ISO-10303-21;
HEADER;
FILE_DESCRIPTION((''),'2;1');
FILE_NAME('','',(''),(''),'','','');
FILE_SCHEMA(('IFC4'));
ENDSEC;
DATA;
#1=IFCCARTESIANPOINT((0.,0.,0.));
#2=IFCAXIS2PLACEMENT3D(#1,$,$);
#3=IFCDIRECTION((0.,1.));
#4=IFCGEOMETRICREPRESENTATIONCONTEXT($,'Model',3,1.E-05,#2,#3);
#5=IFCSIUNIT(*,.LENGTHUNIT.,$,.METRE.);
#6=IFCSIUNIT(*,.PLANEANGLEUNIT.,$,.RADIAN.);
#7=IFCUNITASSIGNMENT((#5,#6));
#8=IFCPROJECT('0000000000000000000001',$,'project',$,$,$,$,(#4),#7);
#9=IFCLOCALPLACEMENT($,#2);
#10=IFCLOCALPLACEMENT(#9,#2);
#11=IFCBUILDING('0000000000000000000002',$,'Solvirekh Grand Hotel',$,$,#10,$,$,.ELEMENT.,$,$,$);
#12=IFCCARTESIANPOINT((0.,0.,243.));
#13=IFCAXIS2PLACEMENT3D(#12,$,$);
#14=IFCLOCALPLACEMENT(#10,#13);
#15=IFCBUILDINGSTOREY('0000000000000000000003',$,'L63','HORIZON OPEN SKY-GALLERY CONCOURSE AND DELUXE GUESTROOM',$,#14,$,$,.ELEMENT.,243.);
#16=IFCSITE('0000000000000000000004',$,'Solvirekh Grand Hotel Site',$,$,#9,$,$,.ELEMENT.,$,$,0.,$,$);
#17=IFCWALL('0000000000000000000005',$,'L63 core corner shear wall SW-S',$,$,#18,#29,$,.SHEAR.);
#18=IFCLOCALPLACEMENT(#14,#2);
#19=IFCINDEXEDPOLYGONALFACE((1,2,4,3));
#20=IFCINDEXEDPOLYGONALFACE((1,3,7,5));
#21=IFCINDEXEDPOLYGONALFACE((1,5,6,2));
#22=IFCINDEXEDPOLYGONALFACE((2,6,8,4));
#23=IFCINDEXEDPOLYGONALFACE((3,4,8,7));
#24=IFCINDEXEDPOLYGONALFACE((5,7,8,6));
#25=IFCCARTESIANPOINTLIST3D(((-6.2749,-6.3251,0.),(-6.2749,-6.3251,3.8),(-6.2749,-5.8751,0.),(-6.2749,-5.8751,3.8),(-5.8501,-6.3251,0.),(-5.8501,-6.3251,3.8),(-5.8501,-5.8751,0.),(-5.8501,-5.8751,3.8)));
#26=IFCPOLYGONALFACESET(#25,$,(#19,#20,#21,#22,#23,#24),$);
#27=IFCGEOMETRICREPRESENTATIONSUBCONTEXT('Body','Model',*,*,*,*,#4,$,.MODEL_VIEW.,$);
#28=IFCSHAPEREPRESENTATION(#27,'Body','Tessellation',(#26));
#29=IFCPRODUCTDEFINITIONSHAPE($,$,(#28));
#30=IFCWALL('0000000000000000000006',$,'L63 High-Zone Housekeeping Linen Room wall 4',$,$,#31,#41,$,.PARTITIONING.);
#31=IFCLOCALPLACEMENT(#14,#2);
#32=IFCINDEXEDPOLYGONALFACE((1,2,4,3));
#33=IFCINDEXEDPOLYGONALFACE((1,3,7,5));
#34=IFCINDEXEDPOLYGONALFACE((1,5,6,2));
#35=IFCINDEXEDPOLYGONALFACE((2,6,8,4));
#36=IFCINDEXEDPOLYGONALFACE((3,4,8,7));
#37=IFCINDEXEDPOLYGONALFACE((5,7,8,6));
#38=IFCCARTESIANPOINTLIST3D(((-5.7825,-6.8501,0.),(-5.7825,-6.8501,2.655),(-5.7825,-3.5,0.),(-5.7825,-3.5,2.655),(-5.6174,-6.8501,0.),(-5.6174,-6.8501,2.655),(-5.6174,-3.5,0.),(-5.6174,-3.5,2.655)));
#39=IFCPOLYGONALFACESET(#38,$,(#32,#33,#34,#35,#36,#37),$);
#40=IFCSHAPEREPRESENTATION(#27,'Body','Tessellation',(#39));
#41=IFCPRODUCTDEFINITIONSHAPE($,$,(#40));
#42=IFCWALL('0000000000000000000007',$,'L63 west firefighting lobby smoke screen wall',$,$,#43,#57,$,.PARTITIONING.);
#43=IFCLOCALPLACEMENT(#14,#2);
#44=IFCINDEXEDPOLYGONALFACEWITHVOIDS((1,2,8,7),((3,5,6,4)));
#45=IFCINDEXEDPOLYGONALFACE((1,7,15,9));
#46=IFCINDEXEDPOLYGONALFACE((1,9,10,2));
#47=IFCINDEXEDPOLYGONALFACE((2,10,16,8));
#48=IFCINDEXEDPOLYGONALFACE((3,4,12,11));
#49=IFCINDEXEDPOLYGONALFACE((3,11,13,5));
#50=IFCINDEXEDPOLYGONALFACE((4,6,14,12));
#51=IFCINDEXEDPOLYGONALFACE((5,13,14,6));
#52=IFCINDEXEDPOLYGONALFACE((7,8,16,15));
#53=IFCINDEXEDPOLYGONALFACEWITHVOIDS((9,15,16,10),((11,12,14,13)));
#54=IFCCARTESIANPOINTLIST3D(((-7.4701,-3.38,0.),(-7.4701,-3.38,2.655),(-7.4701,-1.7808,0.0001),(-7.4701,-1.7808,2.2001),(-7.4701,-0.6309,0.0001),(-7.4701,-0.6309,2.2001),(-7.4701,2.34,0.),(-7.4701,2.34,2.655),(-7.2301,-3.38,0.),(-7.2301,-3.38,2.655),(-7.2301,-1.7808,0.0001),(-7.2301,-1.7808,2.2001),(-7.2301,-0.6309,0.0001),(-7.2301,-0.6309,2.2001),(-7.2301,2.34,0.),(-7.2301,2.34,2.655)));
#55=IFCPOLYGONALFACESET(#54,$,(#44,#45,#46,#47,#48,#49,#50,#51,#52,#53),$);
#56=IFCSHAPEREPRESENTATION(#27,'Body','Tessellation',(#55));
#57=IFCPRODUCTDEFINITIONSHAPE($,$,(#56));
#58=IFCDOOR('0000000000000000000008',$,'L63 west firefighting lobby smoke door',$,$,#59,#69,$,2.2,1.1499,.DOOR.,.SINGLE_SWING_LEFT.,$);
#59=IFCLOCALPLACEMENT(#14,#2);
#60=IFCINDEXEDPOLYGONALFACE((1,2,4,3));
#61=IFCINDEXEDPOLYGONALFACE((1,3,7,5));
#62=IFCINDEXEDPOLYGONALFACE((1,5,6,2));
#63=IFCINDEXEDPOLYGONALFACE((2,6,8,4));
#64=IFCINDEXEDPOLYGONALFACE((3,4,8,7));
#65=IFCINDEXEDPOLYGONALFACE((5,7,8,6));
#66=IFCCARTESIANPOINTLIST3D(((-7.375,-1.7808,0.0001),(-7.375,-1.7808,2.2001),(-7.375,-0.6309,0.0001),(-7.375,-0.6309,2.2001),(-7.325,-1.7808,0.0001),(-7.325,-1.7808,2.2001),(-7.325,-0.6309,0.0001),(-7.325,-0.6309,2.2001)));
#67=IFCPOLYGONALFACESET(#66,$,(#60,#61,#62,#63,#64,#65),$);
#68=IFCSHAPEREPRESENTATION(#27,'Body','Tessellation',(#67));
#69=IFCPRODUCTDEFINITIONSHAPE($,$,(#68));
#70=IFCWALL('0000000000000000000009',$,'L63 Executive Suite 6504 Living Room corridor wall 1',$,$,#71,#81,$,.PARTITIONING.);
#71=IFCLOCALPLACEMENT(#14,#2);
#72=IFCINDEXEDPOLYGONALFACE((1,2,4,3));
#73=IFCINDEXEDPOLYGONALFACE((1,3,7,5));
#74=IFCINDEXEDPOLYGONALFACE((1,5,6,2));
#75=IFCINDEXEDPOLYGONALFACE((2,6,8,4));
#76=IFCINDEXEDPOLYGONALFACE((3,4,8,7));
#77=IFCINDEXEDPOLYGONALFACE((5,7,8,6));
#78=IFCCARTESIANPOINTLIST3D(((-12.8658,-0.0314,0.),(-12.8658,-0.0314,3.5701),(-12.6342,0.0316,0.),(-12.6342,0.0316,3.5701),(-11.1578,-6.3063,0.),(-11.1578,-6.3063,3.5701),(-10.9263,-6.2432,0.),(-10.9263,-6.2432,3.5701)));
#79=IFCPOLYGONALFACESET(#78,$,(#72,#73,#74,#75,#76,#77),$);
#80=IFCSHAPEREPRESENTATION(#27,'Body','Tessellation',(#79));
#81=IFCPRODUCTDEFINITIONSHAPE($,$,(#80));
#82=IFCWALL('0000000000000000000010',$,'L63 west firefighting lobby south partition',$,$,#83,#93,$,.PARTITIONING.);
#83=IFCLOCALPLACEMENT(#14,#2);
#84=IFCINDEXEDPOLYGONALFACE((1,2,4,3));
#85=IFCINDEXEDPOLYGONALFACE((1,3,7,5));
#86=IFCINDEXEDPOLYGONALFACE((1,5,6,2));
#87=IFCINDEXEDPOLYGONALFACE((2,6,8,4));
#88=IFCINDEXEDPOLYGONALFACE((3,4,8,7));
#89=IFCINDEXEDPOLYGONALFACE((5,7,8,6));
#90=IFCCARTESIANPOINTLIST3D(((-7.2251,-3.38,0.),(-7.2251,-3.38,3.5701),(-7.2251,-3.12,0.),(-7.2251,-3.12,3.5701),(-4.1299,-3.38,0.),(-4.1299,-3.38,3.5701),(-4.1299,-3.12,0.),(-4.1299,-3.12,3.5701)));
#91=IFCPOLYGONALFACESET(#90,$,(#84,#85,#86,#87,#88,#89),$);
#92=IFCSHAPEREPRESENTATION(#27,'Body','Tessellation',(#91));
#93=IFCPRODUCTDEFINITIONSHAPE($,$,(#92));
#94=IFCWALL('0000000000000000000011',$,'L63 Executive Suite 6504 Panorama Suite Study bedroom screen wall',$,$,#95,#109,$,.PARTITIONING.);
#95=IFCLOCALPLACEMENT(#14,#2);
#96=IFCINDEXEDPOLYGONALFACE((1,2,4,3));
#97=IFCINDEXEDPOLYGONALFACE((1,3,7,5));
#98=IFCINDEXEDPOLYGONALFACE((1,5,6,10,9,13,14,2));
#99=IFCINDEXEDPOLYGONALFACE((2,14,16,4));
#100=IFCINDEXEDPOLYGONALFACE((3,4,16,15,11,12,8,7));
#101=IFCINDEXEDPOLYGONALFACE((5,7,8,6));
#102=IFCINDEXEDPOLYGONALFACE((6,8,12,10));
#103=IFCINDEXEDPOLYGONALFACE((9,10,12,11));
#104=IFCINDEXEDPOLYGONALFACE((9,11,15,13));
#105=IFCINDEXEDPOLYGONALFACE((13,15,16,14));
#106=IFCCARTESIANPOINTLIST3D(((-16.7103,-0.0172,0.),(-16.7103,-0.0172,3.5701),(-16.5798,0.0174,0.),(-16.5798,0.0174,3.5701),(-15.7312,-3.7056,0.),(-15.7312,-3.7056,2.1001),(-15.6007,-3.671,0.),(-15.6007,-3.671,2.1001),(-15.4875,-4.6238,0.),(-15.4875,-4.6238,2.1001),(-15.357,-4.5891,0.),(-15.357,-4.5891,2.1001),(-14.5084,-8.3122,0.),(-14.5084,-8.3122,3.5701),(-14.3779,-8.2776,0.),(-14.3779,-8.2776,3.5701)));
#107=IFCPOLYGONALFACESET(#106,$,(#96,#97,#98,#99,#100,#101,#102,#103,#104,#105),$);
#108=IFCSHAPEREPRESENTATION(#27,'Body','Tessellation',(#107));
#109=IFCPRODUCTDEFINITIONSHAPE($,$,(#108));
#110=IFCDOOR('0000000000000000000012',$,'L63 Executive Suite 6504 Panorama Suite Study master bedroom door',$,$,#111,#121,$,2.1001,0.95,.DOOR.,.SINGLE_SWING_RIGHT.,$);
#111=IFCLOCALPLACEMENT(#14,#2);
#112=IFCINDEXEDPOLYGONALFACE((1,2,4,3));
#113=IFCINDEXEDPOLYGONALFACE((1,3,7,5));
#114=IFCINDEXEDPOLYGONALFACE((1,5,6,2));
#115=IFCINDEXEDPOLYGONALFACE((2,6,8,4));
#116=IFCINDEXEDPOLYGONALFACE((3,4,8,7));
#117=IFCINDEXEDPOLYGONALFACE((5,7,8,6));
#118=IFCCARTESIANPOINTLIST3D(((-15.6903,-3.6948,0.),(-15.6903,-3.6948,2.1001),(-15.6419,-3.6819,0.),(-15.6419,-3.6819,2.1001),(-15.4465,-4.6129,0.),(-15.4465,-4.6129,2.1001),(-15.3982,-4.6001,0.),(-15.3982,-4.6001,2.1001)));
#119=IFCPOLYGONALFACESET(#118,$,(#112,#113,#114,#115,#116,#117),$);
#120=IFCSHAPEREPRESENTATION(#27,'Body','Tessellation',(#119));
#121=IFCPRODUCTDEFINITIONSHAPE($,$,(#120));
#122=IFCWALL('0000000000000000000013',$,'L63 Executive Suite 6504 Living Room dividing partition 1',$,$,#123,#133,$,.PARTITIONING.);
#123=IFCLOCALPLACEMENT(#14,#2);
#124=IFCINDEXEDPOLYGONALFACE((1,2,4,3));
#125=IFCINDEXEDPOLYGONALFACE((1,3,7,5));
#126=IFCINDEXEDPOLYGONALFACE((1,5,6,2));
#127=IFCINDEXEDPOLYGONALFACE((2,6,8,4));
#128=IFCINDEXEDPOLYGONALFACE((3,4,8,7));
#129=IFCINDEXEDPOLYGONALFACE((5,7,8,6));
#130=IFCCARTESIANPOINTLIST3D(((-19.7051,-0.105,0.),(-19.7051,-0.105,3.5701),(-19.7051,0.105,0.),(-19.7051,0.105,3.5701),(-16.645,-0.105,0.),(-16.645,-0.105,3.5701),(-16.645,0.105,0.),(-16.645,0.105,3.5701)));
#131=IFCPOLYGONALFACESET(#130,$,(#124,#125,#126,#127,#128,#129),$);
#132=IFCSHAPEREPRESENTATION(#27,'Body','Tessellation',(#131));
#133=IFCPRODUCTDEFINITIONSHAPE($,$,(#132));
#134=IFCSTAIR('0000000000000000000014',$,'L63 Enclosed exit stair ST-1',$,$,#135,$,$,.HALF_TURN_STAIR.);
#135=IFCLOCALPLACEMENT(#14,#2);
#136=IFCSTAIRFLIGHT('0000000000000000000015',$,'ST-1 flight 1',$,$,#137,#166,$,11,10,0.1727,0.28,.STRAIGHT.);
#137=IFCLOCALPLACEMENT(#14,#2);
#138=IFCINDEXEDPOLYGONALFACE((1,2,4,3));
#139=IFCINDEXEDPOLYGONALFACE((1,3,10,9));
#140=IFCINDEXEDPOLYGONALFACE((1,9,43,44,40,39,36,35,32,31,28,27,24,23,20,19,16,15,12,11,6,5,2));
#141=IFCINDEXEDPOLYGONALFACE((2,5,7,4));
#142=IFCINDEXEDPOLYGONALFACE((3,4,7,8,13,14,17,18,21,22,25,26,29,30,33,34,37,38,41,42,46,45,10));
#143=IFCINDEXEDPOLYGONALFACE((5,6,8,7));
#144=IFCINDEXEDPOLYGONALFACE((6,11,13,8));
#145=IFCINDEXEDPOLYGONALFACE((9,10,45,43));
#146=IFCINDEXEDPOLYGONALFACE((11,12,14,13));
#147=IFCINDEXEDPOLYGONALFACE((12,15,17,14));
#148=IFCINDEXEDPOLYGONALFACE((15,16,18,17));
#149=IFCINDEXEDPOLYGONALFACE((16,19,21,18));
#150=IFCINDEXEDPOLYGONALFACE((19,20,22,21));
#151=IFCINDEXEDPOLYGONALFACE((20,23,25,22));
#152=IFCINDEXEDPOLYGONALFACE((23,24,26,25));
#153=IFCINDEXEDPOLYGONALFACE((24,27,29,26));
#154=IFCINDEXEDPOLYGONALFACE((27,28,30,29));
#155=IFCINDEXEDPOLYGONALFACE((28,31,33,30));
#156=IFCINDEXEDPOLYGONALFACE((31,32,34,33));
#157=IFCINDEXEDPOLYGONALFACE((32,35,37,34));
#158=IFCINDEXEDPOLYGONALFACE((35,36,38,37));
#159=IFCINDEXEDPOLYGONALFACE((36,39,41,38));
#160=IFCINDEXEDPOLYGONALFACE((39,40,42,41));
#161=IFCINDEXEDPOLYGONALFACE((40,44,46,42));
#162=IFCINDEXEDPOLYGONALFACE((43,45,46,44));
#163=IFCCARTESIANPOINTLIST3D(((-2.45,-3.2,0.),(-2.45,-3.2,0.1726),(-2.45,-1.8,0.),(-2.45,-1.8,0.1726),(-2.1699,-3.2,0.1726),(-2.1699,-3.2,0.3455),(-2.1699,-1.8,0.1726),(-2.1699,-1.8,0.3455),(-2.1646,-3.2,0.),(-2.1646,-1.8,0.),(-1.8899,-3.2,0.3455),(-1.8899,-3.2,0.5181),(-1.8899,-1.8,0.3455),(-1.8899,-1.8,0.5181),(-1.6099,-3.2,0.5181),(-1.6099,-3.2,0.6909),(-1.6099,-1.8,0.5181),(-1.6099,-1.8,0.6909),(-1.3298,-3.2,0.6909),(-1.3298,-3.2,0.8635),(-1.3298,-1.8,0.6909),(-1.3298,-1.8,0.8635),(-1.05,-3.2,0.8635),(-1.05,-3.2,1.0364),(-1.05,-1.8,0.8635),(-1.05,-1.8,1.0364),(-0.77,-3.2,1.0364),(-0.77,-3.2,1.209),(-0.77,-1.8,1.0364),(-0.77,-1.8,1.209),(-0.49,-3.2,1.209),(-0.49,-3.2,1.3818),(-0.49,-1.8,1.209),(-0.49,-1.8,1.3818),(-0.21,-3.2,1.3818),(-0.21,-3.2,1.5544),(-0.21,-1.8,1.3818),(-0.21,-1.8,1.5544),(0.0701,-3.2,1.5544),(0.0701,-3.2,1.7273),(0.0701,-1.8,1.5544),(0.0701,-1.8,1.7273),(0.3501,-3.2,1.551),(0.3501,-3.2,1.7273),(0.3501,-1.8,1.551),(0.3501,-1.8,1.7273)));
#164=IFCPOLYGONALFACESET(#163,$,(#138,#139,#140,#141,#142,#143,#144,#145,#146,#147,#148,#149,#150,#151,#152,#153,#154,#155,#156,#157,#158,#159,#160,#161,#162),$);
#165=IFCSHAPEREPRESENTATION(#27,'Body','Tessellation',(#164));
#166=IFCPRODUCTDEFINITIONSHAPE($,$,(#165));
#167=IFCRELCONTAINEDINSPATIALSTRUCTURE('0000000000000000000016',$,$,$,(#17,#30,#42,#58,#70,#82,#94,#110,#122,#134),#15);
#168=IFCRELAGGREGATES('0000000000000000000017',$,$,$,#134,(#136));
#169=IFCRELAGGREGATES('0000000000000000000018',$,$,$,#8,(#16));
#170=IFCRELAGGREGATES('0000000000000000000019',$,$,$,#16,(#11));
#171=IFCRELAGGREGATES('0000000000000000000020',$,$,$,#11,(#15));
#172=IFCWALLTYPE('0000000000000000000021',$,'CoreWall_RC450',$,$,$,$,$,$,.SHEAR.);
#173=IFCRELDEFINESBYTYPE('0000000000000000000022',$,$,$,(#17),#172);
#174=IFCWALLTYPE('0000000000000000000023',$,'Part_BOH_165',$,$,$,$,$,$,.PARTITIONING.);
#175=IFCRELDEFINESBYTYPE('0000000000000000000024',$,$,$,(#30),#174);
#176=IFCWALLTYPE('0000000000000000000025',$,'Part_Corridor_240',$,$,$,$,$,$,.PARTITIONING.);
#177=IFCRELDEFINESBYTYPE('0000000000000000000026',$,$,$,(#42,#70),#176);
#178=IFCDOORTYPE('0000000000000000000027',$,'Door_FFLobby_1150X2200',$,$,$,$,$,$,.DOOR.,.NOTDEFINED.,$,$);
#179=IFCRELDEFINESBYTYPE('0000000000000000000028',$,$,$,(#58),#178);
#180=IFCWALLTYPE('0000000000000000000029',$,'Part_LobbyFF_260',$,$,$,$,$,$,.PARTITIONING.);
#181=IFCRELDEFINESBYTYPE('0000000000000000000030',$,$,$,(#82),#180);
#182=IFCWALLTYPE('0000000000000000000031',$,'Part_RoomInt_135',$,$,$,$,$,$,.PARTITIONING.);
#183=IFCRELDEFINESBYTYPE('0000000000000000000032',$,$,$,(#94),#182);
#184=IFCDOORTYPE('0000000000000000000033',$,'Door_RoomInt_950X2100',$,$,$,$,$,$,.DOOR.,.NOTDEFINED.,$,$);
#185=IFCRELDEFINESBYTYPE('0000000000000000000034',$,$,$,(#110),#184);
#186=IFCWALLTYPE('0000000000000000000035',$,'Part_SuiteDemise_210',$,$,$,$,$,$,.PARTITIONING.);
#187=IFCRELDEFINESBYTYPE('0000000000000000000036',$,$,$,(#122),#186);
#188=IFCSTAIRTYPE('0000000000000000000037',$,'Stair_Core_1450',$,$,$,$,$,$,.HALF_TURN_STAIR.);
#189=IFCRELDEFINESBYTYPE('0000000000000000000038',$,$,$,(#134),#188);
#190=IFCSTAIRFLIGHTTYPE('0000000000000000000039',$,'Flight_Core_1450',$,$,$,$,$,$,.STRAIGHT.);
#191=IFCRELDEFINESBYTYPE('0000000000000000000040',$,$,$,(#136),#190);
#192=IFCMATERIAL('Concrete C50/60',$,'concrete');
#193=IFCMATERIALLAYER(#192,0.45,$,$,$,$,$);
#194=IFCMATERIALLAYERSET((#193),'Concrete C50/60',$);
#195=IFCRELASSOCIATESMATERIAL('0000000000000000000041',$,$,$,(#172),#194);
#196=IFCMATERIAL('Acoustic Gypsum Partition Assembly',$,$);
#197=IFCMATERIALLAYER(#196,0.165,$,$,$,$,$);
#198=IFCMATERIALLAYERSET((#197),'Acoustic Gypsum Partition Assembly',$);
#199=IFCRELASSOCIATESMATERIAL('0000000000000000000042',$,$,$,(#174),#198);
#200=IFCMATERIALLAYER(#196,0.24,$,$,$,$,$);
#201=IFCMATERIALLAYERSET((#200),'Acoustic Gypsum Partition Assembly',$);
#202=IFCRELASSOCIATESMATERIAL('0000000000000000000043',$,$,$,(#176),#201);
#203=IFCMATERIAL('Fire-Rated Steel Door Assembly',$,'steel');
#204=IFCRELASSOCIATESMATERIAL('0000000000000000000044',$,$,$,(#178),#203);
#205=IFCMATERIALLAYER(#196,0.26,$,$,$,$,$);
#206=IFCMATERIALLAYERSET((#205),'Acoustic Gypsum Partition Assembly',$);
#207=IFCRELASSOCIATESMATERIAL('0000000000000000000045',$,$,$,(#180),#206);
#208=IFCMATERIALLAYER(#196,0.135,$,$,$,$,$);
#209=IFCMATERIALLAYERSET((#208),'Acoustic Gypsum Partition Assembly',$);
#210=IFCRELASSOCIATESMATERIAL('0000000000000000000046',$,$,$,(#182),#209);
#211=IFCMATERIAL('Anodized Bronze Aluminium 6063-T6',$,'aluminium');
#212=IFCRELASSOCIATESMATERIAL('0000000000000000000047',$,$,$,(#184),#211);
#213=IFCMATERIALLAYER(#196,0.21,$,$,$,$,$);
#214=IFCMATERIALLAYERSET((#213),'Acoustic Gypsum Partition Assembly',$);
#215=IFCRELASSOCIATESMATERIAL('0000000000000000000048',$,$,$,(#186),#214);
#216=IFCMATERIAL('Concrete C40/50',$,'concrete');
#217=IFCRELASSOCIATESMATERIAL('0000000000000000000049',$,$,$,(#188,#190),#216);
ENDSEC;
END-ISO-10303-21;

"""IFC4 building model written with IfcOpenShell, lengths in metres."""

from ifc_helpers import new_model, si_unit, direction, frame, frame_2d, origin, place, context, subcontext, project, spatial, polyline, rectangle, outline, extrude, material, layer, layer_set, type_object, element, fill, aggregate, save


model = new_model("IFC4")

# Units and contexts
model_context = context("Model", 3, precision=1e-05, world=origin(), true_north=direction((0.0, 1.0)))
body_context = subcontext(model_context, "Body", "Model", "MODEL_VIEW")
ifc_project = project(units=[si_unit("LENGTHUNIT", "METRE"), si_unit("PLANEANGLEUNIT", "RADIAN")], contexts=[model_context])

# Site, building, storey
site_placement = place(None, origin())
site = spatial("IfcSite", under=ifc_project, at=site_placement, Name="Solvirekh Grand Hotel Site", CompositionType="ELEMENT", RefElevation=0.0)
building_placement = place(site_placement, origin())
building = spatial("IfcBuilding", under=site, at=building_placement, Name="Solvirekh Grand Hotel", CompositionType="ELEMENT")
storey_placement = place(building_placement, frame((0.0, 0.0, 243.0)))
storey = spatial("IfcBuildingStorey", under=building, at=storey_placement, Name="L63", Description="HORIZON OPEN SKY-GALLERY CONCOURSE AND DELUXE GUESTROOM", CompositionType="ELEMENT", Elevation=243.0)

# Shared definitions
ifc_material_1 = material(Name="Concrete C50/60", Category="concrete")

# Shared definitions
ifc_material_2 = material(Name="Anodized Bronze Aluminium 6063-T6", Category="aluminium")

# Shared definitions
ifc_material_3 = material(Name="Concrete C40/50", Category="concrete")

# Shared definitions
ifc_material_4 = material(Name="Fire-Rated Steel Door Assembly", Category="steel")

# Walls
ifc_layer_1 = layer(ifc_material_1, 0.45)
ifc_layer_set_1 = layer_set([ifc_layer_1], Name="Concrete C50/60")
wall_type_1 = type_object("IfcWallType", Name="CoreWall_RC450", PredefinedType="SHEAR", material=ifc_layer_set_1)
wall_1_placement = place(storey_placement, frame((-6.2749, -6.1001, 0.0), z_axis=(0.0, 0.0, 1.0), x_axis=(1.0, 0.0, 0.0)))
element("IfcWall", 1, at=wall_1_placement, inside=storey, type_object=wall_type_1, Name="L63 core corner shear wall SW-S", PredefinedType="SHEAR", context=body_context, shape_type="SweptSolid", body=[
    extrude(rectangle(XDim=0.4248, YDim=0.45, at=frame_2d((0.2124, 0.0))), origin(), (0.0, 0.0, 1.0), 3.8),
])
ifc_material_5 = material(Name="Acoustic Gypsum Partition Assembly")
ifc_layer_2 = layer(ifc_material_5, 0.165)
ifc_layer_set_2 = layer_set([ifc_layer_2], Name="Acoustic Gypsum Partition Assembly")
wall_type_2 = type_object("IfcWallType", Name="Part_BOH_165", PredefinedType="PARTITIONING", material=ifc_layer_set_2)
wall_2_placement = place(storey_placement, frame((-5.7, -3.5, 0.0), z_axis=(0.0, 0.0, 1.0), x_axis=(0.0, -1.0, 0.0)))
element("IfcWall", 2, at=wall_2_placement, inside=storey, type_object=wall_type_2, Name="L63 High-Zone Housekeeping Linen Room wall 4", PredefinedType="PARTITIONING", context=body_context, shape_type="SweptSolid", body=[
    extrude(rectangle(XDim=3.3501, YDim=0.165, at=frame_2d((1.675, 0.0))), origin(), (0.0, 0.0, 1.0), 2.655),
])

# Wall, opening, door
ifc_layer_3 = layer(ifc_material_5, 0.24)
ifc_layer_set_3 = layer_set([ifc_layer_3], Name="Acoustic Gypsum Partition Assembly")
wall_type_3 = type_object("IfcWallType", Name="Part_Corridor_240", PredefinedType="PARTITIONING", material=ifc_layer_set_3)
wall_3_placement = place(storey_placement, frame((-7.3501, -3.3799, 0.0), z_axis=(0.0, 0.0, 1.0), x_axis=(0.0, 1.0, 0.0)))
wall_3 = element("IfcWall", 3, at=wall_3_placement, inside=storey, type_object=wall_type_3, Name="L63 west firefighting lobby smoke screen wall", PredefinedType="PARTITIONING", context=body_context, shape_type="SweptSolid", body=[
    extrude(rectangle(XDim=5.72, YDim=0.24, at=frame_2d((2.8599, 0.0))), origin(), (0.0, 0.0, 1.0), 2.655),
])
opening_1_placement = place(wall_3_placement, frame((1.5991, 0.0, 0.0)))
opening_1 = element("IfcOpeningElement", 4, at=opening_1_placement, cuts=wall_3, PredefinedType="OPENING", context=body_context, shape_type="SweptSolid", body=[
    extrude(rectangle(XDim=1.1499, YDim=2.2, at=frame_2d((0.575, 1.1001))), frame((0.0, 0.1299, 0.0), z_axis=(0.0, -1.0, 0.0), x_axis=(1.0, 0.0, 0.0)), (0.0, 0.0, 1.0), 0.26),
])
door_type_1 = type_object("IfcDoorType", Name="Door_FFLobby_1150X2200", OperationType="NOTDEFINED", PredefinedType="DOOR", material=ifc_material_4)
door_1_placement = place(opening_1_placement, origin())
door_1 = element("IfcDoor", 5, at=door_1_placement, inside=storey, type_object=door_type_1, Name="L63 west firefighting lobby smoke door", OperationType="SINGLE_SWING_LEFT", OverallHeight=2.2, OverallWidth=1.1499, PredefinedType="DOOR", context=body_context, shape_type="SweptSolid", body=[
    extrude(rectangle(XDim=1.1499, YDim=2.2, at=frame_2d((0.575, 1.1001))), frame((0.0, 0.0249, 0.0), z_axis=(0.0, -1.0, 0.0), x_axis=(1.0, 0.0, 0.0)), (0.0, 0.0, 1.0), 0.05),
])
fill(opening_1, door_1)

# Walls
wall_4_placement = place(storey_placement, frame((-12.75, 0.0, 0.0), z_axis=(0.0, 0.0, 1.0), x_axis=(0.262641, -0.964894, 0.0)))
element("IfcWall", 6, at=wall_4_placement, inside=storey, type_object=wall_type_3, Name="L63 Executive Suite 6504 Living Room corridor wall 1", PredefinedType="PARTITIONING", context=body_context, shape_type="SweptSolid", body=[
    extrude(rectangle(XDim=6.5032, YDim=0.24, at=frame_2d((3.2515, 0.0))), origin(), (0.0, 0.0, 1.0), 3.5701),
])
ifc_layer_4 = layer(ifc_material_5, 0.26)
ifc_layer_set_4 = layer_set([ifc_layer_4], Name="Acoustic Gypsum Partition Assembly")
wall_type_4 = type_object("IfcWallType", Name="Part_LobbyFF_260", PredefinedType="PARTITIONING", material=ifc_layer_set_4)
wall_5_placement = place(storey_placement, frame((-7.2251, -3.25, 0.0), z_axis=(0.0, 0.0, 1.0), x_axis=(1.0, 0.0, 0.0)))
element("IfcWall", 7, at=wall_5_placement, inside=storey, type_object=wall_type_4, Name="L63 west firefighting lobby south partition", PredefinedType="PARTITIONING", context=body_context, shape_type="SweptSolid", body=[
    extrude(rectangle(XDim=3.0952, YDim=0.26, at=frame_2d((1.5476, 0.0))), origin(), (0.0, 0.0, 1.0), 3.5701),
])

# Wall, opening, door
ifc_layer_5 = layer(ifc_material_5, 0.135)
ifc_layer_set_5 = layer_set([ifc_layer_5], Name="Acoustic Gypsum Partition Assembly")
wall_type_5 = type_object("IfcWallType", Name="Part_RoomInt_135", PredefinedType="PARTITIONING", material=ifc_layer_set_5)
wall_6_placement = place(storey_placement, frame((-16.645, 0.0, 0.0), z_axis=(0.0, 0.0, 1.0), x_axis=(0.256566, -0.966527, 0.0)))
wall_6 = element("IfcWall", 8, at=wall_6_placement, inside=storey, type_object=wall_type_5, Name="L63 Executive Suite 6504 Panorama Suite Study bedroom screen wall", PredefinedType="PARTITIONING", context=body_context, shape_type="SweptSolid", body=[
    extrude(rectangle(XDim=8.5823, YDim=0.135, at=frame_2d((4.291, 0.0))), origin(), (0.0, 0.0, 1.0), 3.5701),
])
opening_2_placement = place(wall_6_placement, frame((3.8159, 0.0, 0.0)))
opening_2 = element("IfcOpeningElement", 9, at=opening_2_placement, cuts=wall_6, PredefinedType="OPENING", context=body_context, shape_type="SweptSolid", body=[
    extrude(rectangle(XDim=0.95, YDim=2.1001, at=frame_2d((0.4751, 1.05))), frame((0.0, 0.0776, 0.0), z_axis=(0.0, -1.0, 0.0), x_axis=(1.0, 0.0, 0.0)), (0.0, 0.0, 1.0), 0.155),
])
door_type_2 = type_object("IfcDoorType", Name="Door_RoomInt_950X2100", OperationType="NOTDEFINED", PredefinedType="DOOR", material=ifc_material_2)
door_2_placement = place(opening_2_placement, origin())
door_2 = element("IfcDoor", 10, at=door_2_placement, inside=storey, type_object=door_type_2, Name="L63 Executive Suite 6504 Panorama Suite Study master bedroom door", OperationType="SINGLE_SWING_RIGHT", OverallHeight=2.1001, OverallWidth=0.95, PredefinedType="DOOR", context=body_context, shape_type="SweptSolid", body=[
    extrude(rectangle(XDim=0.95, YDim=2.1001, at=frame_2d((0.4751, 1.05))), frame((0.0, 0.0249, 0.0), z_axis=(0.0, -1.0, 0.0), x_axis=(1.0, 0.0, 0.0)), (0.0, 0.0, 1.0), 0.05),
])
fill(opening_2, door_2)

# Wall
ifc_layer_6 = layer(ifc_material_5, 0.21)
ifc_layer_set_6 = layer_set([ifc_layer_6], Name="Acoustic Gypsum Partition Assembly")
wall_type_6 = type_object("IfcWallType", Name="Part_SuiteDemise_210", PredefinedType="PARTITIONING", material=ifc_layer_set_6)
wall_7_placement = place(storey_placement, frame((-16.645, 0.0, 0.0), z_axis=(0.0, 0.0, 1.0), x_axis=(-1.0, 0.0, 0.0)))
element("IfcWall", 11, at=wall_7_placement, inside=storey, type_object=wall_type_6, Name="L63 Executive Suite 6504 Living Room dividing partition 1", PredefinedType="PARTITIONING", context=body_context, shape_type="SweptSolid", body=[
    extrude(rectangle(XDim=3.0601, YDim=0.21, at=frame_2d((1.53, 0.0))), origin(), (0.0, 0.0, 1.0), 3.5701),
])

# Stair, stair flight
stair_type = type_object("IfcStairType", Name="Stair_Core_1450", PredefinedType="HALF_TURN_STAIR", material=ifc_material_3)
stair_1_placement = place(storey_placement, origin())
stair_1 = element("IfcStair", 12, at=stair_1_placement, inside=storey, type_object=stair_type, Name="L63 Enclosed exit stair ST-1", PredefinedType="HALF_TURN_STAIR")
stair_flight_type = type_object("IfcStairFlightType", Name="Flight_Core_1450", PredefinedType="STRAIGHT", material=ifc_material_3)
stair_flight_1_placement = place(storey_placement, frame((-2.45, -2.5, 0.0), z_axis=(0.0, 0.0, 1.0), x_axis=(1.0, 0.0, 0.0)))
stair_flight_1 = element("IfcStairFlight", 13, at=stair_flight_1_placement, type_object=stair_flight_type, Name="ST-1 flight 1", NumberOfRisers=11, NumberOfTreads=10, PredefinedType="STRAIGHT", RiserHeight=0.1727, TreadLength=0.28, context=body_context, shape_type="SweptSolid", body=[
    extrude(outline(polyline([(0.0, 0.0), (0.0, 0.1726), (0.28, 0.1726), (0.28, 0.3455), (0.5601, 0.3455), (0.5601, 0.5181), (0.8401, 0.5181), (0.8401, 0.6909), (1.1201, 0.6909), (1.1201, 0.8635), (1.3999, 0.8635), (1.3999, 1.0364), (1.6799, 1.0364), (1.6799, 1.209), (1.96, 1.209), (1.96, 1.3818), (2.24, 1.3818), (2.24, 1.5544), (2.52, 1.5544), (2.52, 1.7273), (2.8, 1.7273), (2.8, 1.8999), (2.8, 1.551), (0.2854, 0.0), (0.0, 0.0)])), frame((0.0, 0.7, 0.0), z_axis=(0.0, -1.0, 0.0), x_axis=(1.0, 0.0, 0.0)), (0.0, 0.0, 1.0), 1.3999),
])
aggregate(stair_1, [stair_flight_1])

save(model, "model.ifc")
